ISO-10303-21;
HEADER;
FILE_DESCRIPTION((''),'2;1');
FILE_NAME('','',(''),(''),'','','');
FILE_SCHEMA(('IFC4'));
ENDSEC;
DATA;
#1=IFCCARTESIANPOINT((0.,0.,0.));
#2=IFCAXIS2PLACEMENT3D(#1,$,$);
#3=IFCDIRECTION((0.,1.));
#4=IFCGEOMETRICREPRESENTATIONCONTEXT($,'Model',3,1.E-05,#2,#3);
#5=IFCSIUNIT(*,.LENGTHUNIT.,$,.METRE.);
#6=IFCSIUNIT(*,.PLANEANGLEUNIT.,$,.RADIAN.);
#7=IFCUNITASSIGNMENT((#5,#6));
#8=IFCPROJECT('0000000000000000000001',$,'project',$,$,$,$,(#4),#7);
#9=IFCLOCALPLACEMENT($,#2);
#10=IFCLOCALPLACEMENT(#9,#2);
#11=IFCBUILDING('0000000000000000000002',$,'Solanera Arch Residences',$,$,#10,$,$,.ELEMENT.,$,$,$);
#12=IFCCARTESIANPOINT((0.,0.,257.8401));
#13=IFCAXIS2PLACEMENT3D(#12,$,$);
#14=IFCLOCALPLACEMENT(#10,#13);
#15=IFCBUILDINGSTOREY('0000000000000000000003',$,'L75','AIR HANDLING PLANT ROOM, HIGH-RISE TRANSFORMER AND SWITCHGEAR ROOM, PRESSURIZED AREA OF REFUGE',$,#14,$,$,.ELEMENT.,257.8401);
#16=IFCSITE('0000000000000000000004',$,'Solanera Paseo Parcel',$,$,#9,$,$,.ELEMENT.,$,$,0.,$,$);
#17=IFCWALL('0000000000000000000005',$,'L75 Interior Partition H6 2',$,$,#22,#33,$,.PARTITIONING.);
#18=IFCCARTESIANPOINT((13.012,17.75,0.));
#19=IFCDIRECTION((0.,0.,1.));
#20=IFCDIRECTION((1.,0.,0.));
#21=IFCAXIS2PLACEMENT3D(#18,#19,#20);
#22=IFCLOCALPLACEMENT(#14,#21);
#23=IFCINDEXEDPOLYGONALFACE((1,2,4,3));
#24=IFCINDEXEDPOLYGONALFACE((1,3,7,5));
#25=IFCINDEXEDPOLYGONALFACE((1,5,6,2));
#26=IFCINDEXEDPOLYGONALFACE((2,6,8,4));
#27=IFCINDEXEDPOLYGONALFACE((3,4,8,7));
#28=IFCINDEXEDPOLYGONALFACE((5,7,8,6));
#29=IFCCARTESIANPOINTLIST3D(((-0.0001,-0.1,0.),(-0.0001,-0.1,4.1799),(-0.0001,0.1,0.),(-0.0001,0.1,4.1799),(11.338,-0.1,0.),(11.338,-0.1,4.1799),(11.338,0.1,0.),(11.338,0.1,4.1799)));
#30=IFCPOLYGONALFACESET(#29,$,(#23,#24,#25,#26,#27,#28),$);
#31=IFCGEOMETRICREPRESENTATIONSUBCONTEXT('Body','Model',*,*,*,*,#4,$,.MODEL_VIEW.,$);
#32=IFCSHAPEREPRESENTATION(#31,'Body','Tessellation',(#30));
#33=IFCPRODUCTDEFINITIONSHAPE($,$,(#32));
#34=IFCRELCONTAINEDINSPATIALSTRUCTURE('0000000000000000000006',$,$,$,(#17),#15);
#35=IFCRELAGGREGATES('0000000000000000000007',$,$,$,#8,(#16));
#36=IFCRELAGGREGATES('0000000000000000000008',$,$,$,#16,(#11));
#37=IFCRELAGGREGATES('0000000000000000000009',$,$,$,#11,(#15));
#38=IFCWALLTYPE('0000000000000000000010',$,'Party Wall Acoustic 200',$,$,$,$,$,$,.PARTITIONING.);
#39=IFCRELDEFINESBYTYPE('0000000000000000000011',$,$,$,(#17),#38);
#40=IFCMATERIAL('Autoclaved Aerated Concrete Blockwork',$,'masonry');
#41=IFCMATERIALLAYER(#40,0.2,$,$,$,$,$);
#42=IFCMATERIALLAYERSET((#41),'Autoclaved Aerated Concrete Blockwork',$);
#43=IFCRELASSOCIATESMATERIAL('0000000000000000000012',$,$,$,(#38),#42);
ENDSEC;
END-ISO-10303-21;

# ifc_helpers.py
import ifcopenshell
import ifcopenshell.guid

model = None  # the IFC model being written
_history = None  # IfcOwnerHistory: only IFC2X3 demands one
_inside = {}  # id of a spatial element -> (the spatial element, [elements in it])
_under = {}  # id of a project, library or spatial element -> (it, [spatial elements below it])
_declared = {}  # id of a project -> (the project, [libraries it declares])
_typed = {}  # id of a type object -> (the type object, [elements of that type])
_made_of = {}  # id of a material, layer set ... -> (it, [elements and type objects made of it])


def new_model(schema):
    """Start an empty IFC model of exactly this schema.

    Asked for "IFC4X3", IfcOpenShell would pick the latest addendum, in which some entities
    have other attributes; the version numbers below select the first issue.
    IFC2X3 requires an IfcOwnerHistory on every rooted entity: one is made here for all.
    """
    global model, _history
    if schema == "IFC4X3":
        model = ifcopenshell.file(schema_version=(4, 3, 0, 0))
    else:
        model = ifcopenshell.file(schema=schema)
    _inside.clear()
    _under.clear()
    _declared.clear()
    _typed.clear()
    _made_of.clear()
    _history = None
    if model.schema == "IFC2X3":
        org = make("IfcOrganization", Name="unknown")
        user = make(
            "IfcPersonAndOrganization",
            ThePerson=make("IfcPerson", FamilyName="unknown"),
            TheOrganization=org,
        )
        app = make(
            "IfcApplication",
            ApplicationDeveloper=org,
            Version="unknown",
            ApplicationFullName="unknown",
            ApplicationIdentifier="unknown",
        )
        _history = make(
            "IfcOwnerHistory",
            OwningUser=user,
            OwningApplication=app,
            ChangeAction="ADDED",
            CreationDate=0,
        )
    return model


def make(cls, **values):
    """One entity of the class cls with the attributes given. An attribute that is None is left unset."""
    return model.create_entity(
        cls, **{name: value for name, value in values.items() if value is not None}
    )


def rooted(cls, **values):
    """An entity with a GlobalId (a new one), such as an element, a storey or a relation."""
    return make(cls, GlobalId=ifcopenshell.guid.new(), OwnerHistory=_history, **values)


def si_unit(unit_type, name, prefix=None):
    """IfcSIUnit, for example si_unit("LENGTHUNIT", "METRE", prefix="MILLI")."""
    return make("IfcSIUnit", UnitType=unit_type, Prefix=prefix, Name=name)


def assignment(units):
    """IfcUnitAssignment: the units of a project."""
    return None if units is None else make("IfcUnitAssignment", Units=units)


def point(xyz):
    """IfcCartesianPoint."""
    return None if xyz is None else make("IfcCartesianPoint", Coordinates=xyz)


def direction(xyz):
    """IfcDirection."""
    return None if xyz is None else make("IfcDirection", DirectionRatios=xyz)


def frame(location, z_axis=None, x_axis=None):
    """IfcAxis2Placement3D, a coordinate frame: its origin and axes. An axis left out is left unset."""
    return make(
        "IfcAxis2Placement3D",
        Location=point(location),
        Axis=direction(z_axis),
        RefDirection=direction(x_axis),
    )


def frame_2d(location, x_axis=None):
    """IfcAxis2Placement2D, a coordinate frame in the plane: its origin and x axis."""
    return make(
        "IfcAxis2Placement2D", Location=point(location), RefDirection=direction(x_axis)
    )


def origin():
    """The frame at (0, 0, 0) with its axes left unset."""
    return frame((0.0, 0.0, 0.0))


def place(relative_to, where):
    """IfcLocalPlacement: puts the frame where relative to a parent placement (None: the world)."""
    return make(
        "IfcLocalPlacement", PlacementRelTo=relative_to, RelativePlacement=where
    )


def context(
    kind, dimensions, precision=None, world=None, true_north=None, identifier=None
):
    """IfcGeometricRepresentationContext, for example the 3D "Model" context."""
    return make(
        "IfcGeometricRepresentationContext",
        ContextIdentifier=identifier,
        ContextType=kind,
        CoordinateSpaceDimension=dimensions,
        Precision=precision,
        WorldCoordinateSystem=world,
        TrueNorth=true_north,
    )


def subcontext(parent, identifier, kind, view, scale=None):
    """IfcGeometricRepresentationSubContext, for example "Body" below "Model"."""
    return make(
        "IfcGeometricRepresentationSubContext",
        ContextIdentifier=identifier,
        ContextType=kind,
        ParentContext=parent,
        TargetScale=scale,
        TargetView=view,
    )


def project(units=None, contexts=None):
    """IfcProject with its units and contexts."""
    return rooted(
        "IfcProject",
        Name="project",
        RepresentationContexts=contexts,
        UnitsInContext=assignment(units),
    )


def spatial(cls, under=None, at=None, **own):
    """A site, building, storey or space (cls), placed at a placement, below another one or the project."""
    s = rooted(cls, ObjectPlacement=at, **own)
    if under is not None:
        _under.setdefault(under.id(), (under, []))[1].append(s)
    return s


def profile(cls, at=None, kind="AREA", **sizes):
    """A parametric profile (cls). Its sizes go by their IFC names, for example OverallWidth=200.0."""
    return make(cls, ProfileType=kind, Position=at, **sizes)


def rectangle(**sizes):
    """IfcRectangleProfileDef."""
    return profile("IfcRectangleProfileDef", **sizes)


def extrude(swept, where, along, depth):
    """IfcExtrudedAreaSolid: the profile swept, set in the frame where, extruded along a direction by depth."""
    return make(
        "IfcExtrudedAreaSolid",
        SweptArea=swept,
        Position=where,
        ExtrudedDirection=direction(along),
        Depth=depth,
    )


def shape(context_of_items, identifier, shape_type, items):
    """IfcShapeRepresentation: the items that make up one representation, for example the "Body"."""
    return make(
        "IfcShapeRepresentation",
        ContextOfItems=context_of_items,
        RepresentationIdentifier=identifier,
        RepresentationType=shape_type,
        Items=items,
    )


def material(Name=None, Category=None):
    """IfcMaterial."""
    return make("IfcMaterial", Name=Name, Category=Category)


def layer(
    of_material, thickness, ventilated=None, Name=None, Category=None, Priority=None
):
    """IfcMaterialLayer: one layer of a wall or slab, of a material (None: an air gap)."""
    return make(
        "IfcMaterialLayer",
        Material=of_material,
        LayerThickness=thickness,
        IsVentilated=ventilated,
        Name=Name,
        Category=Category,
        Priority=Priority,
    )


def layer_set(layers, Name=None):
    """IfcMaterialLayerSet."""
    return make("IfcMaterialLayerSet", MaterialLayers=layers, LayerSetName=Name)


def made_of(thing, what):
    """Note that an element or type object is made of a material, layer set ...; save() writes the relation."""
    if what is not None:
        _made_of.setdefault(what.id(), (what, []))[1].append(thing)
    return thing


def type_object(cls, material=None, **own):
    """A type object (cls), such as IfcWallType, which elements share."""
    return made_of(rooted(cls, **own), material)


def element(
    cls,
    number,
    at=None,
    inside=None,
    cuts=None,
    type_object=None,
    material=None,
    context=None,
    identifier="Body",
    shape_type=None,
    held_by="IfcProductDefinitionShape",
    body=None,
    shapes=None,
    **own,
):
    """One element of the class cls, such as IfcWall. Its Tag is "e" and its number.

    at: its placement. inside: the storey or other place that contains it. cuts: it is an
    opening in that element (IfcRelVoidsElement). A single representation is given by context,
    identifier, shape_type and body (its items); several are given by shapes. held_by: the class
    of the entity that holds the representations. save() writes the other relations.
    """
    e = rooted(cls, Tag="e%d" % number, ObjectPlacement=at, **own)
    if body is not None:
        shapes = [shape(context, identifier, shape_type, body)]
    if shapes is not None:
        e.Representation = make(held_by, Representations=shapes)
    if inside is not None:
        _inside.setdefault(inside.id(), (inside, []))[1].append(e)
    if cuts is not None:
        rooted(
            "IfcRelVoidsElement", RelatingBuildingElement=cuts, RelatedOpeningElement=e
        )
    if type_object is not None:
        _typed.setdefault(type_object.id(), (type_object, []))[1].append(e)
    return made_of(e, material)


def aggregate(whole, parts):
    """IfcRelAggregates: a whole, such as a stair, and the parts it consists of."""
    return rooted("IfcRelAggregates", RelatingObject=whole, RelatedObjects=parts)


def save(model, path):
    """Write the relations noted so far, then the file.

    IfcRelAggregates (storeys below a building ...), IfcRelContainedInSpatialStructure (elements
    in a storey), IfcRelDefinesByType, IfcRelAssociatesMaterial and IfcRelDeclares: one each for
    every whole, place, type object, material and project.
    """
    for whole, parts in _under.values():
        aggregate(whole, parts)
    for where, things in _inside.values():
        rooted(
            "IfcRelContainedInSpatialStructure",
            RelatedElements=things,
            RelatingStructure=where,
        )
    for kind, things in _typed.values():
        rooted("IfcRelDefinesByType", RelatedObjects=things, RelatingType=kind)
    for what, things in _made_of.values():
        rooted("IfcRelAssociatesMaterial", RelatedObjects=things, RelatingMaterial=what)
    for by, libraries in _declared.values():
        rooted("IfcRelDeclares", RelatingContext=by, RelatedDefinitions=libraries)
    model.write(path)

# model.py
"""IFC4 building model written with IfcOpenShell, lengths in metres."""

from ifc_helpers import new_model, si_unit, direction, frame, frame_2d, origin, place, context, subcontext, project, spatial, rectangle, extrude, material, layer, layer_set, type_object, element, save


model = new_model("IFC4")

# Units and contexts
model_context = context("Model", 3, precision=1e-05, world=origin(), true_north=direction((0.0, 1.0)))
body_context = subcontext(model_context, "Body", "Model", "MODEL_VIEW")
ifc_project = project(units=[si_unit("LENGTHUNIT", "METRE"), si_unit("PLANEANGLEUNIT", "RADIAN")], contexts=[model_context])

# Site, building, storey
site_placement = place(None, origin())
site = spatial("IfcSite", under=ifc_project, at=site_placement, Name="Solanera Paseo Parcel", CompositionType="ELEMENT", RefElevation=0.0)
building_placement = place(site_placement, origin())
building = spatial("IfcBuilding", under=site, at=building_placement, Name="Solanera Arch Residences", CompositionType="ELEMENT")
storey_placement = place(building_placement, frame((0.0, 0.0, 257.8401)))
storey = spatial("IfcBuildingStorey", under=building, at=storey_placement, Name="L75", Description="AIR HANDLING PLANT ROOM, HIGH-RISE TRANSFORMER AND SWITCHGEAR ROOM, PRESSURIZED AREA OF REFUGE", CompositionType="ELEMENT", Elevation=257.8401)

# Wall
ifc_material_1 = material(Name="Autoclaved Aerated Concrete Blockwork", Category="masonry")
ifc_layer_1 = layer(ifc_material_1, 0.2)
ifc_layer_set_1 = layer_set([ifc_layer_1], Name="Autoclaved Aerated Concrete Blockwork")
wall_type_1 = type_object("IfcWallType", Name="Party Wall Acoustic 200", PredefinedType="PARTITIONING", material=ifc_layer_set_1)
wall_1_placement = place(storey_placement, frame((13.012, 17.75, 0.0), z_axis=(0.0, 0.0, 1.0), x_axis=(1.0, 0.0, 0.0)))
element("IfcWall", 1, at=wall_1_placement, inside=storey, type_object=wall_type_1, Name="L75 Interior Partition H6 2", PredefinedType="PARTITIONING", context=body_context, shape_type="SweptSolid", body=[
    extrude(rectangle(XDim=11.3381, YDim=0.2, at=frame_2d((5.6689, 0.0))), origin(), (0.0, 0.0, 1.0), 4.1799),
])

save(model, "model.ifc")
